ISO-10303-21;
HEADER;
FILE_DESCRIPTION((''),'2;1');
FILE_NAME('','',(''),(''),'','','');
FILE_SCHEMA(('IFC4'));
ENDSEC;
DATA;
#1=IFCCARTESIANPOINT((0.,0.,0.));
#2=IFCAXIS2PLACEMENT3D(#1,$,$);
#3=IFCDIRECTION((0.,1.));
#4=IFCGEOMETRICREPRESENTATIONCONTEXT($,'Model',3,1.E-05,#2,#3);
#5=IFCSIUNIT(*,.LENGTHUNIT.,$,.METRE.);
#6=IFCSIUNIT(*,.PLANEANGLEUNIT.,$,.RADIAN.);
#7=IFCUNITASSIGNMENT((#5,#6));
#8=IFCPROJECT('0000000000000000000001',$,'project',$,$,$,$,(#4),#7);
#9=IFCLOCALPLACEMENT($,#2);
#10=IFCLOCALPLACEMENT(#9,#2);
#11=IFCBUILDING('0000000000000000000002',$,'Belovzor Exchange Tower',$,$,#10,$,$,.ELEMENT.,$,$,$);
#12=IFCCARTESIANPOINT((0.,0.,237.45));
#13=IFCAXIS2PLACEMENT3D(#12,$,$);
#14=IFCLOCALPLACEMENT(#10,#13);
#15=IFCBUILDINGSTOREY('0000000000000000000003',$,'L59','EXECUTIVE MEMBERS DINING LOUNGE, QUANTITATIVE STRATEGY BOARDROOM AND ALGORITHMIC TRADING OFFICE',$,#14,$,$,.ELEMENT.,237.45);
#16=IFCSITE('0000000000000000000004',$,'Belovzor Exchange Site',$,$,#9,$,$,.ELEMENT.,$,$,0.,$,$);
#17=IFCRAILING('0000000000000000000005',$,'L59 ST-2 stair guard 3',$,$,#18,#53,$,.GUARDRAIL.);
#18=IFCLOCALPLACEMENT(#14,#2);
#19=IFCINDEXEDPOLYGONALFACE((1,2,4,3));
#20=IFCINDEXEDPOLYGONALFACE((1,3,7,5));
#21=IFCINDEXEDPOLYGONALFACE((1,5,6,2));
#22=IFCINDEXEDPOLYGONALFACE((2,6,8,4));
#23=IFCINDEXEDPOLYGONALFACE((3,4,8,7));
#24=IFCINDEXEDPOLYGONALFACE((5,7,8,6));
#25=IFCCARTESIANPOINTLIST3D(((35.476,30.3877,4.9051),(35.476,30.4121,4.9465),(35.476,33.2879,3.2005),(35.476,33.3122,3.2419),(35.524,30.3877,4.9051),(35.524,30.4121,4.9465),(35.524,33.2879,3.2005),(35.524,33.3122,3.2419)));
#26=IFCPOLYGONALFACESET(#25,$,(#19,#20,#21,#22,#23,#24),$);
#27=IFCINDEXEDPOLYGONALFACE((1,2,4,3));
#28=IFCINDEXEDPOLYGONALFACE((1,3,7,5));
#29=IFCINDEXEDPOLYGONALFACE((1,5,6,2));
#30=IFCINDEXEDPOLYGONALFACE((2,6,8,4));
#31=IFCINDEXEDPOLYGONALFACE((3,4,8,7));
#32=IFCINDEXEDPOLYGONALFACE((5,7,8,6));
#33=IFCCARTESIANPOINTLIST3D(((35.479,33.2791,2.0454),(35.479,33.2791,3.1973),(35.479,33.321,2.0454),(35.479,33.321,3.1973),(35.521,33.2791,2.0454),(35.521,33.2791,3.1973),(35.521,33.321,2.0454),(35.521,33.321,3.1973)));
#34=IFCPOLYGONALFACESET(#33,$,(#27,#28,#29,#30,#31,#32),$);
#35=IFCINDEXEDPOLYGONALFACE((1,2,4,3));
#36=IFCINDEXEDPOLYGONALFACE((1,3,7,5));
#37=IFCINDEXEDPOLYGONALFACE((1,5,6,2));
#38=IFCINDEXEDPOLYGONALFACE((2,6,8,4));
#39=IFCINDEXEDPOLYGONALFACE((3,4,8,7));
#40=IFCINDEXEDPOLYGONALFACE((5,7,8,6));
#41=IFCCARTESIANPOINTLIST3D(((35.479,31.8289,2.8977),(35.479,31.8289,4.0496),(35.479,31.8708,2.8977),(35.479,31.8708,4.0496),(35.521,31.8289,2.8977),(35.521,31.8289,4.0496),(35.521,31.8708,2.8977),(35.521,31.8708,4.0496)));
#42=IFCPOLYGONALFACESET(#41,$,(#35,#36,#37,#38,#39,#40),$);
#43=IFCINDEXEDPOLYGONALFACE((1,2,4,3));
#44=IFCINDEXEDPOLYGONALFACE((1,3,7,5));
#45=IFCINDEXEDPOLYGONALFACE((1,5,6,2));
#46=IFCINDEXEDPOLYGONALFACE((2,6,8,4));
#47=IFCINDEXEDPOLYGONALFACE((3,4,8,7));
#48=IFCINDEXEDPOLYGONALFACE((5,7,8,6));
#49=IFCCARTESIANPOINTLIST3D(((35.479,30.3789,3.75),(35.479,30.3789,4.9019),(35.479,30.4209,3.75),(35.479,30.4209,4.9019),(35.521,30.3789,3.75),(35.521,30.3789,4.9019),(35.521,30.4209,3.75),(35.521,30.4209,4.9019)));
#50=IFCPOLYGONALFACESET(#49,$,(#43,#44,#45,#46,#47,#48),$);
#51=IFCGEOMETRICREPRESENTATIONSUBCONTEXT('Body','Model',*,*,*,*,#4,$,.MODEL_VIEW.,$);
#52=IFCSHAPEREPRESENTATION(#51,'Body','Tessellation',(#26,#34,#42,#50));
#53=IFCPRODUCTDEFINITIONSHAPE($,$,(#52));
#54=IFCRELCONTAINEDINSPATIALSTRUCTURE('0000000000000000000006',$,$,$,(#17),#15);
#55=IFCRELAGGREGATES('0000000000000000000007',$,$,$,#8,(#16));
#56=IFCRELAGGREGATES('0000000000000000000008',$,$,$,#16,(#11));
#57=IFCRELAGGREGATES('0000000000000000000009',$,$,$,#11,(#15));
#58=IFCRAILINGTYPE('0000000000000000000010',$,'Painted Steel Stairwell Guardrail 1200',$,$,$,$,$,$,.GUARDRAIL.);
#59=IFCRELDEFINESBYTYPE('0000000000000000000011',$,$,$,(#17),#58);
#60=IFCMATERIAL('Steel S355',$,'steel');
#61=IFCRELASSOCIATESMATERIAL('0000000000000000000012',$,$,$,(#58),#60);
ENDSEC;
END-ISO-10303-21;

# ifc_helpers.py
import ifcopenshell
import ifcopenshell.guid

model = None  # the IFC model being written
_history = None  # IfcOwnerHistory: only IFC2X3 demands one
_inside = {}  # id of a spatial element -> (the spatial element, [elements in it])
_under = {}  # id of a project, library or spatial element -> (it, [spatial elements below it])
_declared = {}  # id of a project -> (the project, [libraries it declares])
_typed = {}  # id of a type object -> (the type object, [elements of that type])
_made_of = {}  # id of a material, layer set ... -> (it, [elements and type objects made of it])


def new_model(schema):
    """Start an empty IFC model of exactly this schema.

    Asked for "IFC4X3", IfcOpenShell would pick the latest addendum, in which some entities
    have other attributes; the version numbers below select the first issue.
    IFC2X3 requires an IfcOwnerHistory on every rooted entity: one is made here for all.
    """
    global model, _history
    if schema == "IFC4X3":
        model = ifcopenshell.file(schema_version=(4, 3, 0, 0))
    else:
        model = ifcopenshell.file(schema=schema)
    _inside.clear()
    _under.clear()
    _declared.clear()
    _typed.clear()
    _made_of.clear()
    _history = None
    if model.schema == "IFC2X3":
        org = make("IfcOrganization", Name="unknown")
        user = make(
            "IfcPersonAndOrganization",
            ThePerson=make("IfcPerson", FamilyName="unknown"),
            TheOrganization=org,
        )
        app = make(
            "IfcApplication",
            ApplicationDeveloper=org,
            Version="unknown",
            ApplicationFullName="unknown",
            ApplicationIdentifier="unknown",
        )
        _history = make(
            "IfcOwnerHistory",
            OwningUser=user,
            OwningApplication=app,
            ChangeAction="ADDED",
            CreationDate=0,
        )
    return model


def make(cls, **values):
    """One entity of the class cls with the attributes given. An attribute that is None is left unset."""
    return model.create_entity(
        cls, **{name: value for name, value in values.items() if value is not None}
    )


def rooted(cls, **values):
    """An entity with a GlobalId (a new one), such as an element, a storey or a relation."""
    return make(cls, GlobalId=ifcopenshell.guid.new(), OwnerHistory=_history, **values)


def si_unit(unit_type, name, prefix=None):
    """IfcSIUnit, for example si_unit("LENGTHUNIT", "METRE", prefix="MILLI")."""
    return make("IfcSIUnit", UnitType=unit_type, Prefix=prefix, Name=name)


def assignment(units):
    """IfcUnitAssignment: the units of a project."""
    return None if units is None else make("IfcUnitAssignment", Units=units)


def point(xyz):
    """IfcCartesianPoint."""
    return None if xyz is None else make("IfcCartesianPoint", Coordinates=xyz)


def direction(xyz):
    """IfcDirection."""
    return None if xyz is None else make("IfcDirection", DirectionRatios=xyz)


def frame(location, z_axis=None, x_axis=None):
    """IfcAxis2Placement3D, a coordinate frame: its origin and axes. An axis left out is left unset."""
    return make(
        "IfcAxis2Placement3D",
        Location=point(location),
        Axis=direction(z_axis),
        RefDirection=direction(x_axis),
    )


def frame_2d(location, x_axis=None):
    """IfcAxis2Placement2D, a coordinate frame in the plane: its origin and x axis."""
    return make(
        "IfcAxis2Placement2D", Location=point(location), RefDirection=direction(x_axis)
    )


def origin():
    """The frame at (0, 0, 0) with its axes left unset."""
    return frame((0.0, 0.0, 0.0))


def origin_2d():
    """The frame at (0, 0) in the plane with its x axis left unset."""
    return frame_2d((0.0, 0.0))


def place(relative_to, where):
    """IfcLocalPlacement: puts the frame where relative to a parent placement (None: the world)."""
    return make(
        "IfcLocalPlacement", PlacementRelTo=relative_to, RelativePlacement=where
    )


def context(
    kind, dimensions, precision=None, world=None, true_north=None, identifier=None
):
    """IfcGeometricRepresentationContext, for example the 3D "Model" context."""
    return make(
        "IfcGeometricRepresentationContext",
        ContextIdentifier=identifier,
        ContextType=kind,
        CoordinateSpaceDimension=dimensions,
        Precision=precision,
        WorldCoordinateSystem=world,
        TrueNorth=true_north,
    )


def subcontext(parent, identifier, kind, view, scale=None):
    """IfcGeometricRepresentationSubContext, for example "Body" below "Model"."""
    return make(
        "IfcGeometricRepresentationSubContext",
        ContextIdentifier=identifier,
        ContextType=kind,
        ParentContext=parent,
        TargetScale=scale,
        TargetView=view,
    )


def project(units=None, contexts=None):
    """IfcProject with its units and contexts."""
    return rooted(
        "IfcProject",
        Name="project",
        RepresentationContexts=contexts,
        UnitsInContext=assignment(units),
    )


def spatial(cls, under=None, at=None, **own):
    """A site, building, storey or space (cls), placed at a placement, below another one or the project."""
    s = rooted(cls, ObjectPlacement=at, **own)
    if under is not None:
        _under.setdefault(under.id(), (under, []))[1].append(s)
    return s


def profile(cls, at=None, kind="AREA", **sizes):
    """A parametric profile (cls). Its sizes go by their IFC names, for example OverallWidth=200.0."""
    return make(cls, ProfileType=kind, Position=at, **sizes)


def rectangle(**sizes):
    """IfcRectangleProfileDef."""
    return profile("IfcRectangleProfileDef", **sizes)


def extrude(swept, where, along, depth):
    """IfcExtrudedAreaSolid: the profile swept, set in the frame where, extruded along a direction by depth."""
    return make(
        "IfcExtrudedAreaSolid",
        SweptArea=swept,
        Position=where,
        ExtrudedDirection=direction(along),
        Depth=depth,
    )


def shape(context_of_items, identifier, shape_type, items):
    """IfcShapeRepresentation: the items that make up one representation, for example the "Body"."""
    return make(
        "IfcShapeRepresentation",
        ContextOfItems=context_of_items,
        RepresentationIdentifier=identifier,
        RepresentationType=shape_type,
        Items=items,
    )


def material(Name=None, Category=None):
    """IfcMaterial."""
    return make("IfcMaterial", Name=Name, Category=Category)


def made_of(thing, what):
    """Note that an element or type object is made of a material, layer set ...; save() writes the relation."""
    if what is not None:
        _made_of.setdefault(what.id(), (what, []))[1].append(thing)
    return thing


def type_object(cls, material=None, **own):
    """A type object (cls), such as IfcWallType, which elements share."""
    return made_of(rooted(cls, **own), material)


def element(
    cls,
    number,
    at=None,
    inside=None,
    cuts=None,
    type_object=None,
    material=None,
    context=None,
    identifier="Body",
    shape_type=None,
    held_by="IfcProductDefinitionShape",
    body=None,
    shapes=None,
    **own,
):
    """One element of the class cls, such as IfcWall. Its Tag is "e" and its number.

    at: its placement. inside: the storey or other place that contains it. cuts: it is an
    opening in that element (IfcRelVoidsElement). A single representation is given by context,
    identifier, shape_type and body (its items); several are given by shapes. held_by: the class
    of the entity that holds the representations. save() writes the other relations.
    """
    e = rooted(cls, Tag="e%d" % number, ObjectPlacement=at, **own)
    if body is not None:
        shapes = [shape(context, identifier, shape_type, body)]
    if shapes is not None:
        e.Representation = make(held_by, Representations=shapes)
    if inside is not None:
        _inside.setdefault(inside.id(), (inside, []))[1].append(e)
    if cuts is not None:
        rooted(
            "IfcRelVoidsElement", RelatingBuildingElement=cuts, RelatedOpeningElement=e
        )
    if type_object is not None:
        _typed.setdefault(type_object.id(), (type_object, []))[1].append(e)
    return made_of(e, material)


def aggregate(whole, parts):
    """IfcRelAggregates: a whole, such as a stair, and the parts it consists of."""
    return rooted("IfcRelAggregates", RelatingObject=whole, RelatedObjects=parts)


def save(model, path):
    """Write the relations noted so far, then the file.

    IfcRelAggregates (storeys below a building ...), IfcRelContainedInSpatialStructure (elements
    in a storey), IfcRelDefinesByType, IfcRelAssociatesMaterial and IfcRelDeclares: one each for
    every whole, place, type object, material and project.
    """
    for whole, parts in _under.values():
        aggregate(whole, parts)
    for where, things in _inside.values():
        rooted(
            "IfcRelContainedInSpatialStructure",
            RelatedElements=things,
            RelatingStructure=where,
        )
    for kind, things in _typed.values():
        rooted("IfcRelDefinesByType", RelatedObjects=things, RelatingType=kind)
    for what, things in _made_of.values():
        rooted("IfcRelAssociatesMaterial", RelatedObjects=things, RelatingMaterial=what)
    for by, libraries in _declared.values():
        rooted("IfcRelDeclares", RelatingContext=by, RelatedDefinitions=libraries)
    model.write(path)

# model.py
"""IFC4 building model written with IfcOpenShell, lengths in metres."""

from ifc_helpers import new_model, si_unit, direction, frame, origin, origin_2d, place, context, subcontext, project, spatial, rectangle, extrude, material, type_object, element, save


model = new_model("IFC4")

# Units and contexts
model_context = context("Model", 3, precision=1e-05, world=origin(), true_north=direction((0.0, 1.0)))
body_context = subcontext(model_context, "Body", "Model", "MODEL_VIEW")
ifc_project = project(units=[si_unit("LENGTHUNIT", "METRE"), si_unit("PLANEANGLEUNIT", "RADIAN")], contexts=[model_context])

# Site, building, storey
site_placement = place(None, origin())
site = spatial("IfcSite", under=ifc_project, at=site_placement, Name="Belovzor Exchange Site", CompositionType="ELEMENT", RefElevation=0.0)
building_placement = place(site_placement, origin())
building = spatial("IfcBuilding", under=site, at=building_placement, Name="Belovzor Exchange Tower", CompositionType="ELEMENT")
storey_placement = place(building_placement, frame((0.0, 0.0, 237.45)))
storey = spatial("IfcBuildingStorey", under=building, at=storey_placement, Name="L59", Description="EXECUTIVE MEMBERS DINING LOUNGE, QUANTITATIVE STRATEGY BOARDROOM AND ALGORITHMIC TRADING OFFICE", CompositionType="ELEMENT", Elevation=237.45)

# Railing
ifc_material_1 = material(Name="Steel S355", Category="steel")
railing_type_1 = type_object("IfcRailingType", Name="Painted Steel Stairwell Guardrail 1200", PredefinedType="GUARDRAIL", material=ifc_material_1)
railing_1_placement = place(storey_placement, frame((35.5, 33.3, 2.0454)))
element("IfcRailing", 1, at=railing_1_placement, inside=storey, type_object=railing_type_1, Name="L59 ST-2 stair guard 3", PredefinedType="GUARDRAIL", context=body_context, shape_type="SweptSolid", body=[
    extrude(rectangle(XDim=0.0481, YDim=0.0481, at=origin_2d()), frame((0.0, 0.0, 1.1758), z_axis=(0.0, -0.862113, 0.506716), x_axis=(1.0, 0.0, 0.0)), (0.0, 0.0, 1.0), 3.364),
    extrude(rectangle(XDim=0.042, YDim=0.042, at=origin_2d()), origin(), (0.0, 0.0, 1.0), 1.1519),
    extrude(rectangle(XDim=0.042, YDim=0.042, at=origin_2d()), frame((0.0, -1.4502, 0.8523)), (0.0, 0.0, 1.0), 1.1519),
    extrude(rectangle(XDim=0.042, YDim=0.042, at=origin_2d()), frame((0.0, -2.9001, 1.7046)), (0.0, 0.0, 1.0), 1.1519),
])

save(model, "model.ifc")
